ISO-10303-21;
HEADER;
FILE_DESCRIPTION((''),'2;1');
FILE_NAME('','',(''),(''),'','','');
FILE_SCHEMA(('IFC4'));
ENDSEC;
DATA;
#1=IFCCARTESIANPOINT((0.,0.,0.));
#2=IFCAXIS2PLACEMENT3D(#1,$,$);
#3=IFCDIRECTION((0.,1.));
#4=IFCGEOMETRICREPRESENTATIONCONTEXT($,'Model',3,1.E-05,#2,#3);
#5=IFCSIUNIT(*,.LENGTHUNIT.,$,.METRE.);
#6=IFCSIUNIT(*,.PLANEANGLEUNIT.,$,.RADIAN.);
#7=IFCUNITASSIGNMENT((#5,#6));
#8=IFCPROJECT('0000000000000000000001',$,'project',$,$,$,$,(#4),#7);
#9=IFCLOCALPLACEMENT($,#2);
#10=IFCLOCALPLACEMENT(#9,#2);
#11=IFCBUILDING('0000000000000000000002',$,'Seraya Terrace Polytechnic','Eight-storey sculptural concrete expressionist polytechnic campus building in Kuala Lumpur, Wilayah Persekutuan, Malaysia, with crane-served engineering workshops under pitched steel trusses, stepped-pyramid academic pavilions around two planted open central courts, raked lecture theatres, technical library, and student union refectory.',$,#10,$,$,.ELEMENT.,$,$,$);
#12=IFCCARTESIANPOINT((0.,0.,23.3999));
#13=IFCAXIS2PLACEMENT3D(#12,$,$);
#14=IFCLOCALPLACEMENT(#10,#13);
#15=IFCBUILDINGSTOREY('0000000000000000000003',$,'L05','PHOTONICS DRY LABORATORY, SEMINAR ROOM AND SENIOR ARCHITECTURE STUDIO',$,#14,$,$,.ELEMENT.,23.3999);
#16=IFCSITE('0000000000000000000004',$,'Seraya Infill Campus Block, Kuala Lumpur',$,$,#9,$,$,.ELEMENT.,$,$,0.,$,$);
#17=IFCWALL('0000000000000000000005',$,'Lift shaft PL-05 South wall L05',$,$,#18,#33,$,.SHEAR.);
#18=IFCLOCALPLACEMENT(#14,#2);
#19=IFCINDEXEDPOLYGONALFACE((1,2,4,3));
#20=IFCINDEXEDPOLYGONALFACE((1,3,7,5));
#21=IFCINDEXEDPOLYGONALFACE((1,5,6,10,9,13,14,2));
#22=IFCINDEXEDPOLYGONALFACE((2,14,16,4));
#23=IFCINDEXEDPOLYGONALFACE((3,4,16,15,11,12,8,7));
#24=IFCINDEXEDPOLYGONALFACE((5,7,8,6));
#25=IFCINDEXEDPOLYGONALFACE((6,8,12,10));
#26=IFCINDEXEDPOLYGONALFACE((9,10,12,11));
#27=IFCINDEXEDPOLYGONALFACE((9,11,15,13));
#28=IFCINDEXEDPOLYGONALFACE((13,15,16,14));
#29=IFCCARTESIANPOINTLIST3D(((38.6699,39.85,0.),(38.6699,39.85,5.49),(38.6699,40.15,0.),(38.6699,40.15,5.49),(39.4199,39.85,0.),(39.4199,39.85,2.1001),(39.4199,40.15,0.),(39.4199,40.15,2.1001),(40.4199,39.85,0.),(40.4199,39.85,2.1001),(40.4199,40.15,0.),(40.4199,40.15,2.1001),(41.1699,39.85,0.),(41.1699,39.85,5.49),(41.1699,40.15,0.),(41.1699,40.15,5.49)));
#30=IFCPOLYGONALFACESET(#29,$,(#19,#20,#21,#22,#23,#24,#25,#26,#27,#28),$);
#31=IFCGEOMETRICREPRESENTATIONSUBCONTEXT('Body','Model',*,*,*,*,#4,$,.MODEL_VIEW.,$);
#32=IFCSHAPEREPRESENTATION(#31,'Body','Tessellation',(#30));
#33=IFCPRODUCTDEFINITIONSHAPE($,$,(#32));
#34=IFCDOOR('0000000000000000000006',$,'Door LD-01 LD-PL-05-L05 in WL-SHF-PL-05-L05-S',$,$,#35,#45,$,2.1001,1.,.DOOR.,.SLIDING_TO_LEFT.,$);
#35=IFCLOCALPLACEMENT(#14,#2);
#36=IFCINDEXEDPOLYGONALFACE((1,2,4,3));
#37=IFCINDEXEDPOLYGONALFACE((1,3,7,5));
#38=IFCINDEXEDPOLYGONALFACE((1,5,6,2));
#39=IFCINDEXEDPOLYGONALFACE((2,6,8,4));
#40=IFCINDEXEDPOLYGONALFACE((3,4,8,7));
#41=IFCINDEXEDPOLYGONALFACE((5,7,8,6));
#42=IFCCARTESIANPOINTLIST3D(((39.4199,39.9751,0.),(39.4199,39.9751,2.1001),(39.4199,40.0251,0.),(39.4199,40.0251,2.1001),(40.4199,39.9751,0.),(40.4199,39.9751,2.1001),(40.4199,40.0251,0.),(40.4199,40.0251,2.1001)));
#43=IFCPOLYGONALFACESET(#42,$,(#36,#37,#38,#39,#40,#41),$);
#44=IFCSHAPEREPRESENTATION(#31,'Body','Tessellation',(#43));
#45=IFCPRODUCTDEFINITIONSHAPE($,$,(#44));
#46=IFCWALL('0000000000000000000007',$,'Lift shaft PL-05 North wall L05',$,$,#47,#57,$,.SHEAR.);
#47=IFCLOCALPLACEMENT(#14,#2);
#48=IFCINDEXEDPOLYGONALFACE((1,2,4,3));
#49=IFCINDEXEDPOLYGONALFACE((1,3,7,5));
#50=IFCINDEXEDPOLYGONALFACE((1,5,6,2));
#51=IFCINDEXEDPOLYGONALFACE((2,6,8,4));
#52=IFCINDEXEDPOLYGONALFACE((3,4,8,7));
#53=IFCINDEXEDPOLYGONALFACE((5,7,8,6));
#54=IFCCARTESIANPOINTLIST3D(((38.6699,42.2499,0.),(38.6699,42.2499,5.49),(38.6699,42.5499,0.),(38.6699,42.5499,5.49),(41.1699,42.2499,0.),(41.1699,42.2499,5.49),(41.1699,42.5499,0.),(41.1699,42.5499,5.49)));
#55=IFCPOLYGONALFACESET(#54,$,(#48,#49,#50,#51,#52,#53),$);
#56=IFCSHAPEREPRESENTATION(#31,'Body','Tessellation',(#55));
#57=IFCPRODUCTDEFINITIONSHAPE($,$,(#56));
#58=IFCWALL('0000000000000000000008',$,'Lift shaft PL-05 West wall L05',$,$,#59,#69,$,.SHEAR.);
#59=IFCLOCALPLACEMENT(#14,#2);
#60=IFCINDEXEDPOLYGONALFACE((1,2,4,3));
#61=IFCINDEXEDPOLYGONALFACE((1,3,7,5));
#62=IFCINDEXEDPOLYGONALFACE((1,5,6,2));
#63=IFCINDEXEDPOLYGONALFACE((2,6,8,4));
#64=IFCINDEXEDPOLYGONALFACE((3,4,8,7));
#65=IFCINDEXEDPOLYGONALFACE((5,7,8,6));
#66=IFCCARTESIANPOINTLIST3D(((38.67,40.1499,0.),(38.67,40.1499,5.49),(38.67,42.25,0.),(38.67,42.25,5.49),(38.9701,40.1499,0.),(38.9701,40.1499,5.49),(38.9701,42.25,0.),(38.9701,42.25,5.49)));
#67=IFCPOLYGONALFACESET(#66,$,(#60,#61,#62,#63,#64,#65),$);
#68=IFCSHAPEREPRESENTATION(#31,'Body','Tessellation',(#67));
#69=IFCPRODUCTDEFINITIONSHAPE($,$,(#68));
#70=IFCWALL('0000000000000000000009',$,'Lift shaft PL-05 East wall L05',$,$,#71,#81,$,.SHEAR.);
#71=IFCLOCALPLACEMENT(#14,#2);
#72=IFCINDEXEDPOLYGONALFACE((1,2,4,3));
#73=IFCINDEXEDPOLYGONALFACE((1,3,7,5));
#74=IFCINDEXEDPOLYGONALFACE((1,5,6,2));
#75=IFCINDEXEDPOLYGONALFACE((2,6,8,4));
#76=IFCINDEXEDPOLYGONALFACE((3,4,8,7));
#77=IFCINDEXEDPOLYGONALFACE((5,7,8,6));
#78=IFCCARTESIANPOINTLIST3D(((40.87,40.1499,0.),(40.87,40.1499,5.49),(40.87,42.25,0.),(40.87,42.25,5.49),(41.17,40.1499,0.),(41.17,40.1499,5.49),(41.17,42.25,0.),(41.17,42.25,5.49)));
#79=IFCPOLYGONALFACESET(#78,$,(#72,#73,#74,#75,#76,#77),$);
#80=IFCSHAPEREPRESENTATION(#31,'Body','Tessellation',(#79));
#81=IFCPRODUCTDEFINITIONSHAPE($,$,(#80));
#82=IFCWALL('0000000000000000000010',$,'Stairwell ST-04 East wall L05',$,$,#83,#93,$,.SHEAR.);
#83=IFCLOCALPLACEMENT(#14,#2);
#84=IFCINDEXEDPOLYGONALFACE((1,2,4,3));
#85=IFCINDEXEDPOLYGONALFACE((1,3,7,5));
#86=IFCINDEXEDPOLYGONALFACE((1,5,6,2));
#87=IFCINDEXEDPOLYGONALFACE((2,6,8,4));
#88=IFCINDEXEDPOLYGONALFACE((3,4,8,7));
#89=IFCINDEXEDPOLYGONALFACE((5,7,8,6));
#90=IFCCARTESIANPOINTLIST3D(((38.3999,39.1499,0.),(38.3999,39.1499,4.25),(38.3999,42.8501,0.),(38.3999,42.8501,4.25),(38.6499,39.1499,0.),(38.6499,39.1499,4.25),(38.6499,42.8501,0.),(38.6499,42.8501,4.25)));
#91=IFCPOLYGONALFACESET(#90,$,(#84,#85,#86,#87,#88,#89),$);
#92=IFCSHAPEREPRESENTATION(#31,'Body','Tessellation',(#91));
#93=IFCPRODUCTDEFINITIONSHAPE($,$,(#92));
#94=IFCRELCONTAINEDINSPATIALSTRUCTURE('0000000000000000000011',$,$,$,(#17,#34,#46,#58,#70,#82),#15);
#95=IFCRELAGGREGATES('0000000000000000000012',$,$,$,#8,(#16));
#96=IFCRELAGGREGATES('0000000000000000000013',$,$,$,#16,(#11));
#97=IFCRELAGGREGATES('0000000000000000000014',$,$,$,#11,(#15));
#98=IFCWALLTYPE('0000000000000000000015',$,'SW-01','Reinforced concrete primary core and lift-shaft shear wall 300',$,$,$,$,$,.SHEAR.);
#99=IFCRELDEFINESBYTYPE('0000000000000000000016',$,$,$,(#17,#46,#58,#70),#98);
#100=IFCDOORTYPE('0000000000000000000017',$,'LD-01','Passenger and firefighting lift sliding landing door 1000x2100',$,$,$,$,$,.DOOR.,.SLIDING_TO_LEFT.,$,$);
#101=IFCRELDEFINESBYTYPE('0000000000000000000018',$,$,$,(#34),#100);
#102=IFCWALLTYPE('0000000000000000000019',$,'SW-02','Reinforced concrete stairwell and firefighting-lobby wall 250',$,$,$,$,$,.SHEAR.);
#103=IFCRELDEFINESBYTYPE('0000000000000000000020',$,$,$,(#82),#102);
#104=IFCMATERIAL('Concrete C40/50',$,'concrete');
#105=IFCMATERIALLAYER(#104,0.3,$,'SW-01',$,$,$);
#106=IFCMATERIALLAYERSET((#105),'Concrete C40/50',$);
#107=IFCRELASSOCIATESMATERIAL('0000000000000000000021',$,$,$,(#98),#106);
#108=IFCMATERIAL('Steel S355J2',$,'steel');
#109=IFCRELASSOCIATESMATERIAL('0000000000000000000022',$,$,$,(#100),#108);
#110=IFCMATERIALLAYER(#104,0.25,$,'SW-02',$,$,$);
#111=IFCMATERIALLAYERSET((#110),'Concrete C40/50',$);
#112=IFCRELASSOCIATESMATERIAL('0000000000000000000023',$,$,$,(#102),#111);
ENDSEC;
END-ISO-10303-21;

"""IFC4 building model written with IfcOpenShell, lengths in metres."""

from ifc_helpers import new_model, si_unit, direction, frame, frame_2d, origin, place, context, subcontext, project, spatial, rectangle, extrude, material, layer, layer_set, type_object, element, fill, save


model = new_model("IFC4")

# Units and contexts
model_context = context("Model", 3, precision=1e-05, world=origin(), true_north=direction((0.0, 1.0)))
body_context = subcontext(model_context, "Body", "Model", "MODEL_VIEW")
ifc_project = project(units=[si_unit("LENGTHUNIT", "METRE"), si_unit("PLANEANGLEUNIT", "RADIAN")], contexts=[model_context])

# Site, building, storey
site_placement = place(None, origin())
site = spatial("IfcSite", under=ifc_project, at=site_placement, Name="Seraya Infill Campus Block, Kuala Lumpur", CompositionType="ELEMENT", RefElevation=0.0)
building_placement = place(site_placement, origin())
building = spatial("IfcBuilding", under=site, at=building_placement, Name="Seraya Terrace Polytechnic", Description="Eight-storey sculptural concrete expressionist polytechnic campus building in Kuala Lumpur, Wilayah Persekutuan, Malaysia, with crane-served engineering workshops under pitched steel trusses, stepped-pyramid academic pavilions around two planted open central courts, raked lecture theatres, technical library, and student union refectory.", CompositionType="ELEMENT")
storey_placement = place(building_placement, frame((0.0, 0.0, 23.3999)))
storey = spatial("IfcBuildingStorey", under=building, at=storey_placement, Name="L05", Description="PHOTONICS DRY LABORATORY, SEMINAR ROOM AND SENIOR ARCHITECTURE STUDIO", CompositionType="ELEMENT", Elevation=23.3999)

# Shared definitions
ifc_material_1 = material(Name="Concrete C40/50", Category="concrete")

# Wall, opening, door
ifc_layer_1 = layer(ifc_material_1, 0.3, Name="SW-01")
ifc_layer_set_1 = layer_set([ifc_layer_1], Name="Concrete C40/50")
wall_type_1 = type_object("IfcWallType", Name="SW-01", Description="Reinforced concrete primary core and lift-shaft shear wall 300", PredefinedType="SHEAR", material=ifc_layer_set_1)
wall_1_placement = place(storey_placement, frame((38.6699, 40.0, 0.0), z_axis=(0.0, 0.0, 1.0), x_axis=(1.0, 0.0, 0.0)))
wall_1 = element("IfcWall", 1, at=wall_1_placement, inside=storey, type_object=wall_type_1, Name="Lift shaft PL-05 South wall L05", PredefinedType="SHEAR", context=body_context, shape_type="SweptSolid", body=[
    extrude(rectangle(XDim=2.5, YDim=0.3, at=frame_2d((1.25, 0.0))), origin(), (0.0, 0.0, 1.0), 5.49),
])
opening_1_placement = place(wall_1_placement, frame((0.75, 0.0, 0.0)))
opening_1 = element("IfcOpeningElement", 2, at=opening_1_placement, cuts=wall_1, PredefinedType="OPENING", context=body_context, shape_type="SweptSolid", body=[
    extrude(rectangle(XDim=1.0, YDim=2.1001, at=frame_2d((0.5, 1.05))), frame((0.0, 0.1621, 0.0), z_axis=(0.0, -1.0, 0.0), x_axis=(1.0, 0.0, 0.0)), (0.0, 0.0, 1.0), 0.324),
])
ifc_material_2 = material(Name="Steel S355J2", Category="steel")
door_type_1 = type_object("IfcDoorType", Name="LD-01", Description="Passenger and firefighting lift sliding landing door 1000x2100", OperationType="SLIDING_TO_LEFT", PredefinedType="DOOR", material=ifc_material_2)
door_1_placement = place(opening_1_placement, frame((1.0, 0.0, 0.0), z_axis=(0.0, 0.0, 1.0), x_axis=(-1.0, 0.0, 0.0)))
door_1 = element("IfcDoor", 3, at=door_1_placement, inside=storey, type_object=door_type_1, Name="Door LD-01 LD-PL-05-L05 in WL-SHF-PL-05-L05-S", OperationType="SLIDING_TO_LEFT", OverallHeight=2.1001, OverallWidth=1.0, PredefinedType="DOOR", context=body_context, shape_type="SweptSolid", body=[
    extrude(rectangle(XDim=1.0, YDim=2.1001, at=frame_2d((0.5, 1.05))), frame((0.0, 0.0249, 0.0), z_axis=(0.0, -1.0, 0.0), x_axis=(1.0, 0.0, 0.0)), (0.0, 0.0, 1.0), 0.05),
])
fill(opening_1, door_1)

# Walls
wall_2_placement = place(storey_placement, frame((38.6699, 42.3999, 0.0), z_axis=(0.0, 0.0, 1.0), x_axis=(1.0, 0.0, 0.0)))
element("IfcWall", 4, at=wall_2_placement, inside=storey, type_object=wall_type_1, Name="Lift shaft PL-05 North wall L05", PredefinedType="SHEAR", context=body_context, shape_type="SweptSolid", body=[
    extrude(rectangle(XDim=2.5, YDim=0.3, at=frame_2d((1.25, 0.0))), origin(), (0.0, 0.0, 1.0), 5.49),
])
for number, where, z_axis, x_axis, name in (
    (5, (38.8201, 40.1499, 0.0), (0.0, 0.0, 1.0), (0.0, 1.0, 0.0), "Lift shaft PL-05 West wall L05"),
    (6, (41.02, 40.1499, 0.0), (0.0, 0.0, 1.0), (0.0, 1.0, 0.0), "Lift shaft PL-05 East wall L05"),
):
    element("IfcWall", number, at=place(storey_placement, frame(where, z_axis=z_axis, x_axis=x_axis)), inside=storey, type_object=wall_type_1, Name=name, PredefinedType="SHEAR", context=body_context, shape_type="SweptSolid", body=[
        extrude(rectangle(XDim=2.1001, YDim=0.3, at=frame_2d((1.05, 0.0))), origin(), (0.0, 0.0, 1.0), 5.49),
    ])
ifc_layer_2 = layer(ifc_material_1, 0.25, Name="SW-02")
ifc_layer_set_2 = layer_set([ifc_layer_2], Name="Concrete C40/50")
wall_type_2 = type_object("IfcWallType", Name="SW-02", Description="Reinforced concrete stairwell and firefighting-lobby wall 250", PredefinedType="SHEAR", material=ifc_layer_set_2)
wall_3_placement = place(storey_placement, frame((38.5249, 39.1499, 0.0), z_axis=(0.0, 0.0, 1.0), x_axis=(0.0, 1.0, 0.0)))
element("IfcWall", 7, at=wall_3_placement, inside=storey, type_object=wall_type_2, Name="Stairwell ST-04 East wall L05", PredefinedType="SHEAR", context=body_context, shape_type="SweptSolid", body=[
    extrude(rectangle(XDim=3.7002, YDim=0.25, at=frame_2d((1.8501, 0.0))), origin(), (0.0, 0.0, 1.0), 4.25),
])

save(model, "model.ifc")
